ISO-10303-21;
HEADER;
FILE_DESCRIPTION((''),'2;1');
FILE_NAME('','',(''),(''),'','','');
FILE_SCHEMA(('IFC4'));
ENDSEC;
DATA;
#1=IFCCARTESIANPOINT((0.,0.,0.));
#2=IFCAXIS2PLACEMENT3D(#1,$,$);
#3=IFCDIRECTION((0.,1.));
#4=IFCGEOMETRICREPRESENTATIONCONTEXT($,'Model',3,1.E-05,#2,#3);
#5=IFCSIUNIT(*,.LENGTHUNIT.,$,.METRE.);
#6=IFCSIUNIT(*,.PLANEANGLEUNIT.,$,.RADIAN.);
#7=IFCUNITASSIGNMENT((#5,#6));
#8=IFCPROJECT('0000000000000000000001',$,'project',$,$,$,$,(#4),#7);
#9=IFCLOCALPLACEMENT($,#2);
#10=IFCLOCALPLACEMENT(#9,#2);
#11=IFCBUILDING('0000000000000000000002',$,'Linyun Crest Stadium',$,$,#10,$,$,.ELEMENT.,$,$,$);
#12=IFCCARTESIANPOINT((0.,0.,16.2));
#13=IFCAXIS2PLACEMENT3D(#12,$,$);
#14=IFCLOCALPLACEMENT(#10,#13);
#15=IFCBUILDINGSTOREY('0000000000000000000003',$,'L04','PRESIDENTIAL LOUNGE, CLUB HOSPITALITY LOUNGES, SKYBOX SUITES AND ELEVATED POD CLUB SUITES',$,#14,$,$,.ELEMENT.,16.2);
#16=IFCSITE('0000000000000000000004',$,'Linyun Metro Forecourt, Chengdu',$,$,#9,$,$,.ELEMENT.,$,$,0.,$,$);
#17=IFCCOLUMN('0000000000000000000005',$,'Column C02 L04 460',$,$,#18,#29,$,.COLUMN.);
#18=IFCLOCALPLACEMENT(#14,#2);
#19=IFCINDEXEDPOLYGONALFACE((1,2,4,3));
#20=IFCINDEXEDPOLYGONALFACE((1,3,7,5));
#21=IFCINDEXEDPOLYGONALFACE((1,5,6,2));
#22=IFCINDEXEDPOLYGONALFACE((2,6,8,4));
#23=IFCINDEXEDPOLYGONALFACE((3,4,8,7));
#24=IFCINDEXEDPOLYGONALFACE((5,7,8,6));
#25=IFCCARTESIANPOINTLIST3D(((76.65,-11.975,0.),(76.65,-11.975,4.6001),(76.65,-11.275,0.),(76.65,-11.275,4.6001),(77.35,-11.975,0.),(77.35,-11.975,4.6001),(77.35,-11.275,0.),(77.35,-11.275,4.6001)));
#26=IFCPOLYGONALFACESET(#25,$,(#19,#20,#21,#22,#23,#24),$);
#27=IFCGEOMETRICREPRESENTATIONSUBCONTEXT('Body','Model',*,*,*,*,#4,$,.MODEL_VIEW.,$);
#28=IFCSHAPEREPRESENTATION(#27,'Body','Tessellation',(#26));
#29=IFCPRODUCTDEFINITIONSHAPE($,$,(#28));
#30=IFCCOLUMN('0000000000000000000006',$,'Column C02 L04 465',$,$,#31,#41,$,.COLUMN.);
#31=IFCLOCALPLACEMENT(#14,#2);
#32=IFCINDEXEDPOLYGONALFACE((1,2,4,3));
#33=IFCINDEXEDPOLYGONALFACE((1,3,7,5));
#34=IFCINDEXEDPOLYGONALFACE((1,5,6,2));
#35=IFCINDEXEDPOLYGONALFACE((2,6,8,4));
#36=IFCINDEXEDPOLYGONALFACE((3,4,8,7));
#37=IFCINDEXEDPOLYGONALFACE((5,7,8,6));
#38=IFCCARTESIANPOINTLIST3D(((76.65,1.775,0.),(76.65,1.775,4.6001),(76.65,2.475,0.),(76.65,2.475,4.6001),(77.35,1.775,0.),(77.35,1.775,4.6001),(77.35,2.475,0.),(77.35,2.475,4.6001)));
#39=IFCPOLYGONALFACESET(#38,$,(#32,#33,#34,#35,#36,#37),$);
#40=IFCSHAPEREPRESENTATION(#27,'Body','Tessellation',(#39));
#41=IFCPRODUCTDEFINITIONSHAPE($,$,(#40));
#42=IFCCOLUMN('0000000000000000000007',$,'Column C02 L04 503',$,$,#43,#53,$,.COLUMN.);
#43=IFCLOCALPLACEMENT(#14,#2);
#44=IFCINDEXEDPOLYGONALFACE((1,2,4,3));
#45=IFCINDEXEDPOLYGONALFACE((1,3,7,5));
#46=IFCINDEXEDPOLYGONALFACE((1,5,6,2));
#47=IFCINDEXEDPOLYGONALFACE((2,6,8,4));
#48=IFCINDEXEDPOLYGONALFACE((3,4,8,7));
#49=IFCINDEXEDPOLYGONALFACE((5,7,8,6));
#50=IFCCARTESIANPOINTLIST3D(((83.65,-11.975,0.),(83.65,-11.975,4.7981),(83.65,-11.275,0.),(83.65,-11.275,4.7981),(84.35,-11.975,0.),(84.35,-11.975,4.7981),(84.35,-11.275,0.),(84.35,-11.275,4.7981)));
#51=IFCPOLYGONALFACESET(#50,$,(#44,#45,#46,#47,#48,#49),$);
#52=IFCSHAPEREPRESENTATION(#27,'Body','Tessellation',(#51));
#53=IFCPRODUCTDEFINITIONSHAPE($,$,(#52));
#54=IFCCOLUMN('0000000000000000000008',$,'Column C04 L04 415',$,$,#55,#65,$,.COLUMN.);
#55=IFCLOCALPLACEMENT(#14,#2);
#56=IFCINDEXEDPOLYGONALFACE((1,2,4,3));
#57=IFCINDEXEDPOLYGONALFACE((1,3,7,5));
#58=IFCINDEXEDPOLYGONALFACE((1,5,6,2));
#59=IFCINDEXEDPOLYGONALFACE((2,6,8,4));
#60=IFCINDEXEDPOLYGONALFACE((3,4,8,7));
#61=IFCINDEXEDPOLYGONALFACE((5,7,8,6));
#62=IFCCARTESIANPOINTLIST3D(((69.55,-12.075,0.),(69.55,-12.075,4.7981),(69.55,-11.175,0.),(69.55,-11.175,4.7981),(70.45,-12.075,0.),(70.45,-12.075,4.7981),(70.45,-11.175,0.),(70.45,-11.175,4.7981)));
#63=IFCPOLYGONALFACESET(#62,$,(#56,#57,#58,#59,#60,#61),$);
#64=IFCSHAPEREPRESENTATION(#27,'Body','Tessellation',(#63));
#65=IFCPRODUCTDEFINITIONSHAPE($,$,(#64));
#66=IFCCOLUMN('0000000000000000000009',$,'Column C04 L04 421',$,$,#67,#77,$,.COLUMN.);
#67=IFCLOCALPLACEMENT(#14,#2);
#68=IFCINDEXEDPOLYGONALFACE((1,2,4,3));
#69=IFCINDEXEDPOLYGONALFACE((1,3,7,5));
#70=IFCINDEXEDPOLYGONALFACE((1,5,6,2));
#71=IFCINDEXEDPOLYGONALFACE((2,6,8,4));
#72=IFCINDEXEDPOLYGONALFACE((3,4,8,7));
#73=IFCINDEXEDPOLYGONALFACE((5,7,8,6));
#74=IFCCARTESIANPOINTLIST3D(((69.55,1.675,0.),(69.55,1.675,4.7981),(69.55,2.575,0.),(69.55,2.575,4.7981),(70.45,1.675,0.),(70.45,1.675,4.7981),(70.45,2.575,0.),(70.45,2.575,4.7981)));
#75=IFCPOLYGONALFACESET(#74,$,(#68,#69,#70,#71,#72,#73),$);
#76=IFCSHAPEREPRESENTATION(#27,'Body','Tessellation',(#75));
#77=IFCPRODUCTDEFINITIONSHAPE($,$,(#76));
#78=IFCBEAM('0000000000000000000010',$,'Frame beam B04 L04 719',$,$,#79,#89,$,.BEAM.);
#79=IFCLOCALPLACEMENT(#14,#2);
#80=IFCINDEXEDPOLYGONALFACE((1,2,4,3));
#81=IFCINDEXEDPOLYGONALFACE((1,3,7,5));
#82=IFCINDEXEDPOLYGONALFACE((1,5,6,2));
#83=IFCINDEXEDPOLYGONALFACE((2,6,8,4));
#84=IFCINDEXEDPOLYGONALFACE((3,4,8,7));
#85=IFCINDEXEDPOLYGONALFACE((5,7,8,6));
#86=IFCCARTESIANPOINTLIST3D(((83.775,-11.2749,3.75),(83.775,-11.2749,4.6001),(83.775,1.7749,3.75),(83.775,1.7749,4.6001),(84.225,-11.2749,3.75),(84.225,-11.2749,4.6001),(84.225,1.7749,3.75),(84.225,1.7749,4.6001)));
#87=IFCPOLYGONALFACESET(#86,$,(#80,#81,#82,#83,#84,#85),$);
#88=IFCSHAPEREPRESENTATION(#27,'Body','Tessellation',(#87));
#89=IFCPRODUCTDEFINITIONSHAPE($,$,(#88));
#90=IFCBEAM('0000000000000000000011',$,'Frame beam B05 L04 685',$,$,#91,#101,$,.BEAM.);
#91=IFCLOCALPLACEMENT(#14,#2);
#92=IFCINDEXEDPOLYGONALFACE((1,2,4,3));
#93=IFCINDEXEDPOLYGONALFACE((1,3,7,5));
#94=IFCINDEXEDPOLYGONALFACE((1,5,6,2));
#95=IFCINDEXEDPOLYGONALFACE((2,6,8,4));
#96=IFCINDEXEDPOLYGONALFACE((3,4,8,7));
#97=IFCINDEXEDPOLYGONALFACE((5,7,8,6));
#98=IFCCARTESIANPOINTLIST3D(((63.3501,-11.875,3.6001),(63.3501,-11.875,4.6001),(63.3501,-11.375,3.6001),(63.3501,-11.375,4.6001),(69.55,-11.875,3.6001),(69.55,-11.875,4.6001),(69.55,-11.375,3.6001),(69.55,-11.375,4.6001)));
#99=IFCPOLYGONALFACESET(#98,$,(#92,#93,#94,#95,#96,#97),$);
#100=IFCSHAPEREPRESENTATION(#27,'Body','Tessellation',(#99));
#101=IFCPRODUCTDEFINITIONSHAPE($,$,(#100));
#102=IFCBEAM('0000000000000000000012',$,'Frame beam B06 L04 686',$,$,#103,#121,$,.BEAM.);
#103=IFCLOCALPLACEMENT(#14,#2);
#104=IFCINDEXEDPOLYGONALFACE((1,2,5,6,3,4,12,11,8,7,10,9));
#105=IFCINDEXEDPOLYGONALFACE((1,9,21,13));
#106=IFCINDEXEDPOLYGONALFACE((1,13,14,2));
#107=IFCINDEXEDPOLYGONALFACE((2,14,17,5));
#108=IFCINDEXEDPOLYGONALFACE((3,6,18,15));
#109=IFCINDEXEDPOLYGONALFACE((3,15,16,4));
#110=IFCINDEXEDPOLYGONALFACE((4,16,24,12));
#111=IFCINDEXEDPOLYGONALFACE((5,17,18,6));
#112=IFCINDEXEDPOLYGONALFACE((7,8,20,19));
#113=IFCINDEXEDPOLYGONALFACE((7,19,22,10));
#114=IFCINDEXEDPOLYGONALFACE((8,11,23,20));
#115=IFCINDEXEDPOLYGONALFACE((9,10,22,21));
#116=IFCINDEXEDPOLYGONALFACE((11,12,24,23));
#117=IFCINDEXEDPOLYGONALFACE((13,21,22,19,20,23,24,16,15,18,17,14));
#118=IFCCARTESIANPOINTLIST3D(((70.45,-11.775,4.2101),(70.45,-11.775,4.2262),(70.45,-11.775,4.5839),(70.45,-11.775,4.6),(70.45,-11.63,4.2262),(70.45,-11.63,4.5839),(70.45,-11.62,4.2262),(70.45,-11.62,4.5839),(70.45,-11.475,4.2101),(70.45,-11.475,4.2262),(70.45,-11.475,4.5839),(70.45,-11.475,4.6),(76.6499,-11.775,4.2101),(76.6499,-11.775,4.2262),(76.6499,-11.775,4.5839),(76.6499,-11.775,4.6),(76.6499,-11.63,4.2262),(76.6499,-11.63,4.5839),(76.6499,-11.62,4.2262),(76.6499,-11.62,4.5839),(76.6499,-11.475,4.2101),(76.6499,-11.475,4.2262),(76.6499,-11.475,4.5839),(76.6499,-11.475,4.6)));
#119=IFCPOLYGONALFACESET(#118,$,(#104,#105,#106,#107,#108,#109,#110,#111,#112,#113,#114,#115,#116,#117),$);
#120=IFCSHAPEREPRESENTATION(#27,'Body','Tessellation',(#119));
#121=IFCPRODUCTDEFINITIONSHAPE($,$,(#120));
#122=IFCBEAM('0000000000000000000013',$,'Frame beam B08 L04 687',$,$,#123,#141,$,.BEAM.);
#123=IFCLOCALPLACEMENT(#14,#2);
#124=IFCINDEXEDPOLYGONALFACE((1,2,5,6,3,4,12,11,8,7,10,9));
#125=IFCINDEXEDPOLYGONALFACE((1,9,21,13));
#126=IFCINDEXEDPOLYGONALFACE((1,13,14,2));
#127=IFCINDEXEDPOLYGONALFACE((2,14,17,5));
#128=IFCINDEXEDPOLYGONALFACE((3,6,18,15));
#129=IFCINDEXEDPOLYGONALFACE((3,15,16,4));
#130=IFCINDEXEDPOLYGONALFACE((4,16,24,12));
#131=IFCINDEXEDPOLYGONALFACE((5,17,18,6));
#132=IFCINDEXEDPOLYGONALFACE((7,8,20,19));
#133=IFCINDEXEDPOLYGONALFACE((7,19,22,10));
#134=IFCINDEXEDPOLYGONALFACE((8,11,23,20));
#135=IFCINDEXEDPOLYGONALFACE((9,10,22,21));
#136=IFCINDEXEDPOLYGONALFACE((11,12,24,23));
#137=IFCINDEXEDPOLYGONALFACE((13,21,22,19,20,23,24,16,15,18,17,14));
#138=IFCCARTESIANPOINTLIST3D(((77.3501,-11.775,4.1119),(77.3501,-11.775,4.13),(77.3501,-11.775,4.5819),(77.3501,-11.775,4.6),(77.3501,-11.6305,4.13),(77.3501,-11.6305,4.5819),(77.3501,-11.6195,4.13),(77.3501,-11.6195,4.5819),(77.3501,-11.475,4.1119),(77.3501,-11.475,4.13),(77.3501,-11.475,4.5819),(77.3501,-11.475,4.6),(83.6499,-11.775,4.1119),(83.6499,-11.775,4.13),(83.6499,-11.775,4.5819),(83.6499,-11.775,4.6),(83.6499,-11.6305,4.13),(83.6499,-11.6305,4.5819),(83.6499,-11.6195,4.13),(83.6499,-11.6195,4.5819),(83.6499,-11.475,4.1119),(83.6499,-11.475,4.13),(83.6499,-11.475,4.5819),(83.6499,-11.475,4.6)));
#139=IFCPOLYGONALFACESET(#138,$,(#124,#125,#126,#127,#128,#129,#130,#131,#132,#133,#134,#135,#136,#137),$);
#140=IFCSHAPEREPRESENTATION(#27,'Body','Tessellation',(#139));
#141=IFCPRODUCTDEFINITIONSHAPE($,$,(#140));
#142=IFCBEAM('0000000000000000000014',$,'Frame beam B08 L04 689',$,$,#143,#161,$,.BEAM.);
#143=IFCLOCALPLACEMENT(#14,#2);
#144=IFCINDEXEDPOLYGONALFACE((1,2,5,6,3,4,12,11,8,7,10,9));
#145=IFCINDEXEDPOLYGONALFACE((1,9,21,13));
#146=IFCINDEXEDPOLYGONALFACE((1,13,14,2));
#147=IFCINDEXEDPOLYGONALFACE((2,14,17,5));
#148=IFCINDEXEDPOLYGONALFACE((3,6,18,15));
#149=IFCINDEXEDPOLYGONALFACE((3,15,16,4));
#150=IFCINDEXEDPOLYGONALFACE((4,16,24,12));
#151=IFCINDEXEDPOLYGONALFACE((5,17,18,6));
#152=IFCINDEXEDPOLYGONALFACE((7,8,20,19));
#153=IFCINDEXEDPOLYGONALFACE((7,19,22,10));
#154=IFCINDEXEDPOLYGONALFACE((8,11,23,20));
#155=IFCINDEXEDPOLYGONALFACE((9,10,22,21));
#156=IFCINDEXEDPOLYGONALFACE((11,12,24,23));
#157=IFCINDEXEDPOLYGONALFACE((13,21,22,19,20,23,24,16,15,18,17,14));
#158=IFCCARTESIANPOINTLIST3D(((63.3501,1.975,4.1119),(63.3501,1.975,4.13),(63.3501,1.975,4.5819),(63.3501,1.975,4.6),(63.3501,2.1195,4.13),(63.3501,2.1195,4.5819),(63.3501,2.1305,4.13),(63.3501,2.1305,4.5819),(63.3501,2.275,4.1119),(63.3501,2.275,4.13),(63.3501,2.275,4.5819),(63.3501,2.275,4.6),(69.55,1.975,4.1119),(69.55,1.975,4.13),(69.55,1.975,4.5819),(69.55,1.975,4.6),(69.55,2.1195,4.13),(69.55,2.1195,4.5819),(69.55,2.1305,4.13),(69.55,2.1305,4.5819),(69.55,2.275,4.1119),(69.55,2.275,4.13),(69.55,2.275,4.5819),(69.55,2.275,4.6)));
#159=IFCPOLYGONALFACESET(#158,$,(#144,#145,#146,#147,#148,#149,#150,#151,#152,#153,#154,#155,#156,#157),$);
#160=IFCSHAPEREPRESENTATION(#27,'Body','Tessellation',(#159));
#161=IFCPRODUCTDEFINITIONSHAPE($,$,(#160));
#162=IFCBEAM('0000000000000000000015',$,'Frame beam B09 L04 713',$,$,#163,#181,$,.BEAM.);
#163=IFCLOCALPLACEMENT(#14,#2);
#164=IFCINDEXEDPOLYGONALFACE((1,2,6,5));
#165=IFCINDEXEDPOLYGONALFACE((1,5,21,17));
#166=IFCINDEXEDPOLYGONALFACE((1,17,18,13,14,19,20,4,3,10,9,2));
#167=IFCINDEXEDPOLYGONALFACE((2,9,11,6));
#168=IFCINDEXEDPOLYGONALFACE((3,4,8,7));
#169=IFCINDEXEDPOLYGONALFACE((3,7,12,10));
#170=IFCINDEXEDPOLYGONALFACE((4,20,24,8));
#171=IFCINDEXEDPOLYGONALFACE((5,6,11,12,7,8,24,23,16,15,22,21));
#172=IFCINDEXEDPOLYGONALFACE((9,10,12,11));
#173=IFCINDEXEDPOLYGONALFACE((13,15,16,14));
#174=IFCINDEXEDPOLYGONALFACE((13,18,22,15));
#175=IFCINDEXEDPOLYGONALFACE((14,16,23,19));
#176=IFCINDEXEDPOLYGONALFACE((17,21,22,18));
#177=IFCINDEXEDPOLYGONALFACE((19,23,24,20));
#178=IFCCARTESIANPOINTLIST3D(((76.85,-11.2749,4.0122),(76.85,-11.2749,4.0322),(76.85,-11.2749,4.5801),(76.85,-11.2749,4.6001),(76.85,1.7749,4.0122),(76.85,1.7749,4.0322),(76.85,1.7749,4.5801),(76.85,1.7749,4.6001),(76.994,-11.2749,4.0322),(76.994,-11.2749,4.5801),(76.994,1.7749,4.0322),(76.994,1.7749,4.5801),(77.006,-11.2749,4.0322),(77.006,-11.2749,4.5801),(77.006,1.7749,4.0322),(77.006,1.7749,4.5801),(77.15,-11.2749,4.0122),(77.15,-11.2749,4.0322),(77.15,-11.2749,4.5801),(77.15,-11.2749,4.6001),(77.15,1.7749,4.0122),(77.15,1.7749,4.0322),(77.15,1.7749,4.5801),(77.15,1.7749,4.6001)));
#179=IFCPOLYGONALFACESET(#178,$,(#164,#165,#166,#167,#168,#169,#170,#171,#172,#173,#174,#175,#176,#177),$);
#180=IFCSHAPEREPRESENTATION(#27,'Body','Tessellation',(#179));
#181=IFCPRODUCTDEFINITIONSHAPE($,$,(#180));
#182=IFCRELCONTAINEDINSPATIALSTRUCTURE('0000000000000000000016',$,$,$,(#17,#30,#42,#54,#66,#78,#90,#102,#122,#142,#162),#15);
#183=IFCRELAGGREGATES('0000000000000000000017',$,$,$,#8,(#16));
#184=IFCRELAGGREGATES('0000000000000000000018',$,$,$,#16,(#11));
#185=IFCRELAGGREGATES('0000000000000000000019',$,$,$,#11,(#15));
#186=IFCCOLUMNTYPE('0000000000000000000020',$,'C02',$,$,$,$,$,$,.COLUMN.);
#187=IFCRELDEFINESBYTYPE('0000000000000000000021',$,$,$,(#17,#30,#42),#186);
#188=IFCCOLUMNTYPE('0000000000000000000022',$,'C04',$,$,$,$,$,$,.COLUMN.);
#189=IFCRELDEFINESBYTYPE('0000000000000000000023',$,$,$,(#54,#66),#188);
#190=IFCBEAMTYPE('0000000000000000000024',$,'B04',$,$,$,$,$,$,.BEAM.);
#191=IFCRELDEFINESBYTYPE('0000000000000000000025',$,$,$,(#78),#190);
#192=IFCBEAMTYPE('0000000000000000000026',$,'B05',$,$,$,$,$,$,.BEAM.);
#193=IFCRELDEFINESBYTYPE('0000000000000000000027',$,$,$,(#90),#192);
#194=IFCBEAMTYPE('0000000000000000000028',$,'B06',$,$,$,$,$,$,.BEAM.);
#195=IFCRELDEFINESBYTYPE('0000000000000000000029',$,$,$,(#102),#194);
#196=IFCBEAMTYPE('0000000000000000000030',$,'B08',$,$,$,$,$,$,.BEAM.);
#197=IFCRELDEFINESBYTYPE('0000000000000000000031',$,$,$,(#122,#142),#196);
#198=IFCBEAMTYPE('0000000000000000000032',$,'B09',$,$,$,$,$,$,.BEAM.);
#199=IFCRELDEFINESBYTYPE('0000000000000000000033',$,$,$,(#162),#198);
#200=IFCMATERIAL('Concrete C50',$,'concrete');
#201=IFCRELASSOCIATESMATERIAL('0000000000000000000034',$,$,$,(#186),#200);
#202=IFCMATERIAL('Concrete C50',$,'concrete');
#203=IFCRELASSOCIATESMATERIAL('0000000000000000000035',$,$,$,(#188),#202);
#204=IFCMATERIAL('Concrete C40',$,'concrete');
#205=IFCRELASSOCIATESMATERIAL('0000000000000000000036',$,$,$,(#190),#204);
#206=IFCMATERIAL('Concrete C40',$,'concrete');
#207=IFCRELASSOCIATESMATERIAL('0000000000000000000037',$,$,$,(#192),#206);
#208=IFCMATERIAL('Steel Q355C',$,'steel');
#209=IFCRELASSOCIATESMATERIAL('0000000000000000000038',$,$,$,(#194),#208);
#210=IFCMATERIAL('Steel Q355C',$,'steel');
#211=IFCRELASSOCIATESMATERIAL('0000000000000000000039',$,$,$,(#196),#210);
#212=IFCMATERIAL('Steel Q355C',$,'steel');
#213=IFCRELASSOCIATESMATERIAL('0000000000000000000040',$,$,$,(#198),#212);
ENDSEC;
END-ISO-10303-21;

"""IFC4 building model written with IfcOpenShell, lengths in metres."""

from ifc_helpers import new_model, si_unit, direction, frame, origin, origin_2d, place, context, subcontext, project, spatial, rectangle, i_section, extrude, material, material_profile, profile_set, type_object, element, save


model = new_model("IFC4")

# Units and contexts
model_context = context("Model", 3, precision=1e-05, world=origin(), true_north=direction((0.0, 1.0)))
body_context = subcontext(model_context, "Body", "Model", "MODEL_VIEW")
ifc_project = project(units=[si_unit("LENGTHUNIT", "METRE"), si_unit("PLANEANGLEUNIT", "RADIAN")], contexts=[model_context])

# Site, building, storey
site_placement = place(None, origin())
site = spatial("IfcSite", under=ifc_project, at=site_placement, Name="Linyun Metro Forecourt, Chengdu", CompositionType="ELEMENT", RefElevation=0.0)
building_placement = place(site_placement, origin())
building = spatial("IfcBuilding", under=site, at=building_placement, Name="Linyun Crest Stadium", CompositionType="ELEMENT")
storey_placement = place(building_placement, frame((0.0, 0.0, 16.2)))
storey = spatial("IfcBuildingStorey", under=building, at=storey_placement, Name="L04", Description="PRESIDENTIAL LOUNGE, CLUB HOSPITALITY LOUNGES, SKYBOX SUITES AND ELEVATED POD CLUB SUITES", CompositionType="ELEMENT", Elevation=16.2)

# Columns
ifc_material_1 = material(Name="Concrete C50", Category="concrete")
ifc_material_profile_1 = material_profile(ifc_material_1, rectangle(XDim=0.7, YDim=0.7, at=origin_2d()), Name="RC 700x700")
ifc_profile_set_1 = profile_set([ifc_material_profile_1], Name="Concrete C50")
column_type_1 = type_object("IfcColumnType", Name="C02", PredefinedType="COLUMN", material=ifc_profile_set_1)
for number, where, z_axis, x_axis, name in (
    (1, (77.0, -11.625, 0.0), (0.0, 0.0, 1.0), (1.0, 0.0, 0.0), "Column C02 L04 460"),
    (2, (77.0, 2.125, 0.0), (0.0, 0.0, 1.0), (1.0, 0.0, 0.0), "Column C02 L04 465"),
):
    element("IfcColumn", number, at=place(storey_placement, frame(where, z_axis=z_axis, x_axis=x_axis)), inside=storey, type_object=column_type_1, Name=name, PredefinedType="COLUMN", context=body_context, shape_type="SweptSolid", body=[
        extrude(rectangle(XDim=0.7, YDim=0.7, at=origin_2d()), origin(), (0.0, 0.0, 1.0), 4.6001),
    ])
column_placement = place(storey_placement, frame((84.0, -11.625, 0.0), z_axis=(0.0, 0.0, 1.0), x_axis=(1.0, 0.0, 0.0)))
element("IfcColumn", 3, at=column_placement, inside=storey, type_object=column_type_1, Name="Column C02 L04 503", PredefinedType="COLUMN", context=body_context, shape_type="SweptSolid", body=[
    extrude(rectangle(XDim=0.7, YDim=0.7, at=origin_2d()), origin(), (0.0, 0.0, 1.0), 4.7981),
])
ifc_material_2 = material(Name="Concrete C50", Category="concrete")
ifc_material_profile_2 = material_profile(ifc_material_2, rectangle(XDim=0.8999, YDim=0.8999, at=origin_2d()), Name="RC 900x900")
ifc_profile_set_2 = profile_set([ifc_material_profile_2], Name="Concrete C50")
column_type_2 = type_object("IfcColumnType", Name="C04", PredefinedType="COLUMN", material=ifc_profile_set_2)
for number, where, z_axis, x_axis, name in (
    (4, (70.0, -11.625, 0.0), (0.0, 0.0, 1.0), (1.0, 0.0, 0.0), "Column C04 L04 415"),
    (5, (70.0, 2.125, 0.0), (0.0, 0.0, 1.0), (1.0, 0.0, 0.0), "Column C04 L04 421"),
):
    element("IfcColumn", number, at=place(storey_placement, frame(where, z_axis=z_axis, x_axis=x_axis)), inside=storey, type_object=column_type_2, Name=name, PredefinedType="COLUMN", context=body_context, shape_type="SweptSolid", body=[
        extrude(rectangle(XDim=0.8999, YDim=0.8999, at=origin_2d()), origin(), (0.0, 0.0, 1.0), 4.7981),
    ])

# Beams
ifc_material_3 = material(Name="Concrete C40", Category="concrete")
ifc_material_profile_3 = material_profile(ifc_material_3, rectangle(XDim=0.45, YDim=0.8501, at=origin_2d()), Name="RCB 850x450")
ifc_profile_set_3 = profile_set([ifc_material_profile_3], Name="Concrete C40")
beam_type_1 = type_object("IfcBeamType", Name="B04", PredefinedType="BEAM", material=ifc_profile_set_3)
beam_1_placement = place(storey_placement, frame((84.0, -11.2749, 4.175), z_axis=(0.0, 1.0, 0.0), x_axis=(-1.0, 0.0, 0.0)))
element("IfcBeam", 6, at=beam_1_placement, inside=storey, type_object=beam_type_1, Name="Frame beam B04 L04 719", PredefinedType="BEAM", context=body_context, shape_type="SweptSolid", body=[
    extrude(rectangle(XDim=0.45, YDim=0.8501, at=origin_2d()), origin(), (0.0, 0.0, 1.0), 13.0498),
])
ifc_material_4 = material(Name="Concrete C40", Category="concrete")
ifc_material_profile_4 = material_profile(ifc_material_4, rectangle(XDim=0.5, YDim=1.0, at=origin_2d()), Name="RCB 1000x500")
ifc_profile_set_4 = profile_set([ifc_material_profile_4], Name="Concrete C40")
beam_type_2 = type_object("IfcBeamType", Name="B05", PredefinedType="BEAM", material=ifc_profile_set_4)
beam_2_placement = place(storey_placement, frame((63.3501, -11.625, 4.1001), z_axis=(1.0, 0.0, 0.0), x_axis=(0.0, 1.0, 0.0)))
element("IfcBeam", 7, at=beam_2_placement, inside=storey, type_object=beam_type_2, Name="Frame beam B05 L04 685", PredefinedType="BEAM", context=body_context, shape_type="SweptSolid", body=[
    extrude(rectangle(XDim=0.5, YDim=1.0, at=origin_2d()), origin(), (0.0, 0.0, 1.0), 6.2),
])
ifc_material_5 = material(Name="Steel Q355C", Category="steel")
ifc_material_profile_5 = material_profile(ifc_material_5, i_section(OverallWidth=0.3, OverallDepth=0.3899, WebThickness=0.01, FlangeThickness=0.0161, at=origin_2d()), Name="HM 390x300")
ifc_profile_set_5 = profile_set([ifc_material_profile_5], Name="Steel Q355C")
beam_type_3 = type_object("IfcBeamType", Name="B06", PredefinedType="BEAM", material=ifc_profile_set_5)
beam_3_placement = place(storey_placement, frame((70.45, -11.625, 4.405), z_axis=(1.0, 0.0, 0.0), x_axis=(0.0, 1.0, 0.0)))
element("IfcBeam", 8, at=beam_3_placement, inside=storey, type_object=beam_type_3, Name="Frame beam B06 L04 686", PredefinedType="BEAM", context=body_context, shape_type="SweptSolid", body=[
    extrude(i_section(OverallWidth=0.3, OverallDepth=0.3899, WebThickness=0.01, FlangeThickness=0.0161, at=origin_2d()), origin(), (0.0, 0.0, 1.0), 6.2),
])
ifc_material_6 = material(Name="Steel Q355C", Category="steel")
ifc_material_profile_6 = material_profile(ifc_material_6, i_section(OverallWidth=0.3, OverallDepth=0.488, WebThickness=0.011, FlangeThickness=0.0181, at=origin_2d()), Name="HM 488x300")
ifc_profile_set_6 = profile_set([ifc_material_profile_6], Name="Steel Q355C")
beam_type_4 = type_object("IfcBeamType", Name="B08", PredefinedType="BEAM", material=ifc_profile_set_6)
beam_4_placement = place(storey_placement, frame((77.3501, -11.625, 4.356), z_axis=(1.0, 0.0, 0.0), x_axis=(0.0, 1.0, 0.0)))
element("IfcBeam", 9, at=beam_4_placement, inside=storey, type_object=beam_type_4, Name="Frame beam B08 L04 687", PredefinedType="BEAM", context=body_context, shape_type="SweptSolid", body=[
    extrude(i_section(OverallWidth=0.3, OverallDepth=0.488, WebThickness=0.011, FlangeThickness=0.0181, at=origin_2d()), origin(), (0.0, 0.0, 1.0), 6.2998),
])
beam_5_placement = place(storey_placement, frame((63.3501, 2.125, 4.356), z_axis=(1.0, 0.0, 0.0), x_axis=(0.0, 1.0, 0.0)))
element("IfcBeam", 10, at=beam_5_placement, inside=storey, type_object=beam_type_4, Name="Frame beam B08 L04 689", PredefinedType="BEAM", context=body_context, shape_type="SweptSolid", body=[
    extrude(i_section(OverallWidth=0.3, OverallDepth=0.488, WebThickness=0.011, FlangeThickness=0.0181, at=origin_2d()), origin(), (0.0, 0.0, 1.0), 6.2),
])
ifc_material_7 = material(Name="Steel Q355C", Category="steel")
ifc_material_profile_7 = material_profile(ifc_material_7, i_section(OverallWidth=0.3, OverallDepth=0.5879, WebThickness=0.012, FlangeThickness=0.02, at=origin_2d()), Name="HM 588x300")
ifc_profile_set_7 = profile_set([ifc_material_profile_7], Name="Steel Q355C")
beam_type_5 = type_object("IfcBeamType", Name="B09", PredefinedType="BEAM", material=ifc_profile_set_7)
beam_6_placement = place(storey_placement, frame((77.0, -11.2749, 4.3062), z_axis=(0.0, 1.0, 0.0), x_axis=(-1.0, 0.0, 0.0)))
element("IfcBeam", 11, at=beam_6_placement, inside=storey, type_object=beam_type_5, Name="Frame beam B09 L04 713", PredefinedType="BEAM", context=body_context, shape_type="SweptSolid", body=[
    extrude(i_section(OverallWidth=0.3, OverallDepth=0.5879, WebThickness=0.012, FlangeThickness=0.02, at=origin_2d()), origin(), (0.0, 0.0, 1.0), 13.0498),
])

save(model, "model.ifc")
